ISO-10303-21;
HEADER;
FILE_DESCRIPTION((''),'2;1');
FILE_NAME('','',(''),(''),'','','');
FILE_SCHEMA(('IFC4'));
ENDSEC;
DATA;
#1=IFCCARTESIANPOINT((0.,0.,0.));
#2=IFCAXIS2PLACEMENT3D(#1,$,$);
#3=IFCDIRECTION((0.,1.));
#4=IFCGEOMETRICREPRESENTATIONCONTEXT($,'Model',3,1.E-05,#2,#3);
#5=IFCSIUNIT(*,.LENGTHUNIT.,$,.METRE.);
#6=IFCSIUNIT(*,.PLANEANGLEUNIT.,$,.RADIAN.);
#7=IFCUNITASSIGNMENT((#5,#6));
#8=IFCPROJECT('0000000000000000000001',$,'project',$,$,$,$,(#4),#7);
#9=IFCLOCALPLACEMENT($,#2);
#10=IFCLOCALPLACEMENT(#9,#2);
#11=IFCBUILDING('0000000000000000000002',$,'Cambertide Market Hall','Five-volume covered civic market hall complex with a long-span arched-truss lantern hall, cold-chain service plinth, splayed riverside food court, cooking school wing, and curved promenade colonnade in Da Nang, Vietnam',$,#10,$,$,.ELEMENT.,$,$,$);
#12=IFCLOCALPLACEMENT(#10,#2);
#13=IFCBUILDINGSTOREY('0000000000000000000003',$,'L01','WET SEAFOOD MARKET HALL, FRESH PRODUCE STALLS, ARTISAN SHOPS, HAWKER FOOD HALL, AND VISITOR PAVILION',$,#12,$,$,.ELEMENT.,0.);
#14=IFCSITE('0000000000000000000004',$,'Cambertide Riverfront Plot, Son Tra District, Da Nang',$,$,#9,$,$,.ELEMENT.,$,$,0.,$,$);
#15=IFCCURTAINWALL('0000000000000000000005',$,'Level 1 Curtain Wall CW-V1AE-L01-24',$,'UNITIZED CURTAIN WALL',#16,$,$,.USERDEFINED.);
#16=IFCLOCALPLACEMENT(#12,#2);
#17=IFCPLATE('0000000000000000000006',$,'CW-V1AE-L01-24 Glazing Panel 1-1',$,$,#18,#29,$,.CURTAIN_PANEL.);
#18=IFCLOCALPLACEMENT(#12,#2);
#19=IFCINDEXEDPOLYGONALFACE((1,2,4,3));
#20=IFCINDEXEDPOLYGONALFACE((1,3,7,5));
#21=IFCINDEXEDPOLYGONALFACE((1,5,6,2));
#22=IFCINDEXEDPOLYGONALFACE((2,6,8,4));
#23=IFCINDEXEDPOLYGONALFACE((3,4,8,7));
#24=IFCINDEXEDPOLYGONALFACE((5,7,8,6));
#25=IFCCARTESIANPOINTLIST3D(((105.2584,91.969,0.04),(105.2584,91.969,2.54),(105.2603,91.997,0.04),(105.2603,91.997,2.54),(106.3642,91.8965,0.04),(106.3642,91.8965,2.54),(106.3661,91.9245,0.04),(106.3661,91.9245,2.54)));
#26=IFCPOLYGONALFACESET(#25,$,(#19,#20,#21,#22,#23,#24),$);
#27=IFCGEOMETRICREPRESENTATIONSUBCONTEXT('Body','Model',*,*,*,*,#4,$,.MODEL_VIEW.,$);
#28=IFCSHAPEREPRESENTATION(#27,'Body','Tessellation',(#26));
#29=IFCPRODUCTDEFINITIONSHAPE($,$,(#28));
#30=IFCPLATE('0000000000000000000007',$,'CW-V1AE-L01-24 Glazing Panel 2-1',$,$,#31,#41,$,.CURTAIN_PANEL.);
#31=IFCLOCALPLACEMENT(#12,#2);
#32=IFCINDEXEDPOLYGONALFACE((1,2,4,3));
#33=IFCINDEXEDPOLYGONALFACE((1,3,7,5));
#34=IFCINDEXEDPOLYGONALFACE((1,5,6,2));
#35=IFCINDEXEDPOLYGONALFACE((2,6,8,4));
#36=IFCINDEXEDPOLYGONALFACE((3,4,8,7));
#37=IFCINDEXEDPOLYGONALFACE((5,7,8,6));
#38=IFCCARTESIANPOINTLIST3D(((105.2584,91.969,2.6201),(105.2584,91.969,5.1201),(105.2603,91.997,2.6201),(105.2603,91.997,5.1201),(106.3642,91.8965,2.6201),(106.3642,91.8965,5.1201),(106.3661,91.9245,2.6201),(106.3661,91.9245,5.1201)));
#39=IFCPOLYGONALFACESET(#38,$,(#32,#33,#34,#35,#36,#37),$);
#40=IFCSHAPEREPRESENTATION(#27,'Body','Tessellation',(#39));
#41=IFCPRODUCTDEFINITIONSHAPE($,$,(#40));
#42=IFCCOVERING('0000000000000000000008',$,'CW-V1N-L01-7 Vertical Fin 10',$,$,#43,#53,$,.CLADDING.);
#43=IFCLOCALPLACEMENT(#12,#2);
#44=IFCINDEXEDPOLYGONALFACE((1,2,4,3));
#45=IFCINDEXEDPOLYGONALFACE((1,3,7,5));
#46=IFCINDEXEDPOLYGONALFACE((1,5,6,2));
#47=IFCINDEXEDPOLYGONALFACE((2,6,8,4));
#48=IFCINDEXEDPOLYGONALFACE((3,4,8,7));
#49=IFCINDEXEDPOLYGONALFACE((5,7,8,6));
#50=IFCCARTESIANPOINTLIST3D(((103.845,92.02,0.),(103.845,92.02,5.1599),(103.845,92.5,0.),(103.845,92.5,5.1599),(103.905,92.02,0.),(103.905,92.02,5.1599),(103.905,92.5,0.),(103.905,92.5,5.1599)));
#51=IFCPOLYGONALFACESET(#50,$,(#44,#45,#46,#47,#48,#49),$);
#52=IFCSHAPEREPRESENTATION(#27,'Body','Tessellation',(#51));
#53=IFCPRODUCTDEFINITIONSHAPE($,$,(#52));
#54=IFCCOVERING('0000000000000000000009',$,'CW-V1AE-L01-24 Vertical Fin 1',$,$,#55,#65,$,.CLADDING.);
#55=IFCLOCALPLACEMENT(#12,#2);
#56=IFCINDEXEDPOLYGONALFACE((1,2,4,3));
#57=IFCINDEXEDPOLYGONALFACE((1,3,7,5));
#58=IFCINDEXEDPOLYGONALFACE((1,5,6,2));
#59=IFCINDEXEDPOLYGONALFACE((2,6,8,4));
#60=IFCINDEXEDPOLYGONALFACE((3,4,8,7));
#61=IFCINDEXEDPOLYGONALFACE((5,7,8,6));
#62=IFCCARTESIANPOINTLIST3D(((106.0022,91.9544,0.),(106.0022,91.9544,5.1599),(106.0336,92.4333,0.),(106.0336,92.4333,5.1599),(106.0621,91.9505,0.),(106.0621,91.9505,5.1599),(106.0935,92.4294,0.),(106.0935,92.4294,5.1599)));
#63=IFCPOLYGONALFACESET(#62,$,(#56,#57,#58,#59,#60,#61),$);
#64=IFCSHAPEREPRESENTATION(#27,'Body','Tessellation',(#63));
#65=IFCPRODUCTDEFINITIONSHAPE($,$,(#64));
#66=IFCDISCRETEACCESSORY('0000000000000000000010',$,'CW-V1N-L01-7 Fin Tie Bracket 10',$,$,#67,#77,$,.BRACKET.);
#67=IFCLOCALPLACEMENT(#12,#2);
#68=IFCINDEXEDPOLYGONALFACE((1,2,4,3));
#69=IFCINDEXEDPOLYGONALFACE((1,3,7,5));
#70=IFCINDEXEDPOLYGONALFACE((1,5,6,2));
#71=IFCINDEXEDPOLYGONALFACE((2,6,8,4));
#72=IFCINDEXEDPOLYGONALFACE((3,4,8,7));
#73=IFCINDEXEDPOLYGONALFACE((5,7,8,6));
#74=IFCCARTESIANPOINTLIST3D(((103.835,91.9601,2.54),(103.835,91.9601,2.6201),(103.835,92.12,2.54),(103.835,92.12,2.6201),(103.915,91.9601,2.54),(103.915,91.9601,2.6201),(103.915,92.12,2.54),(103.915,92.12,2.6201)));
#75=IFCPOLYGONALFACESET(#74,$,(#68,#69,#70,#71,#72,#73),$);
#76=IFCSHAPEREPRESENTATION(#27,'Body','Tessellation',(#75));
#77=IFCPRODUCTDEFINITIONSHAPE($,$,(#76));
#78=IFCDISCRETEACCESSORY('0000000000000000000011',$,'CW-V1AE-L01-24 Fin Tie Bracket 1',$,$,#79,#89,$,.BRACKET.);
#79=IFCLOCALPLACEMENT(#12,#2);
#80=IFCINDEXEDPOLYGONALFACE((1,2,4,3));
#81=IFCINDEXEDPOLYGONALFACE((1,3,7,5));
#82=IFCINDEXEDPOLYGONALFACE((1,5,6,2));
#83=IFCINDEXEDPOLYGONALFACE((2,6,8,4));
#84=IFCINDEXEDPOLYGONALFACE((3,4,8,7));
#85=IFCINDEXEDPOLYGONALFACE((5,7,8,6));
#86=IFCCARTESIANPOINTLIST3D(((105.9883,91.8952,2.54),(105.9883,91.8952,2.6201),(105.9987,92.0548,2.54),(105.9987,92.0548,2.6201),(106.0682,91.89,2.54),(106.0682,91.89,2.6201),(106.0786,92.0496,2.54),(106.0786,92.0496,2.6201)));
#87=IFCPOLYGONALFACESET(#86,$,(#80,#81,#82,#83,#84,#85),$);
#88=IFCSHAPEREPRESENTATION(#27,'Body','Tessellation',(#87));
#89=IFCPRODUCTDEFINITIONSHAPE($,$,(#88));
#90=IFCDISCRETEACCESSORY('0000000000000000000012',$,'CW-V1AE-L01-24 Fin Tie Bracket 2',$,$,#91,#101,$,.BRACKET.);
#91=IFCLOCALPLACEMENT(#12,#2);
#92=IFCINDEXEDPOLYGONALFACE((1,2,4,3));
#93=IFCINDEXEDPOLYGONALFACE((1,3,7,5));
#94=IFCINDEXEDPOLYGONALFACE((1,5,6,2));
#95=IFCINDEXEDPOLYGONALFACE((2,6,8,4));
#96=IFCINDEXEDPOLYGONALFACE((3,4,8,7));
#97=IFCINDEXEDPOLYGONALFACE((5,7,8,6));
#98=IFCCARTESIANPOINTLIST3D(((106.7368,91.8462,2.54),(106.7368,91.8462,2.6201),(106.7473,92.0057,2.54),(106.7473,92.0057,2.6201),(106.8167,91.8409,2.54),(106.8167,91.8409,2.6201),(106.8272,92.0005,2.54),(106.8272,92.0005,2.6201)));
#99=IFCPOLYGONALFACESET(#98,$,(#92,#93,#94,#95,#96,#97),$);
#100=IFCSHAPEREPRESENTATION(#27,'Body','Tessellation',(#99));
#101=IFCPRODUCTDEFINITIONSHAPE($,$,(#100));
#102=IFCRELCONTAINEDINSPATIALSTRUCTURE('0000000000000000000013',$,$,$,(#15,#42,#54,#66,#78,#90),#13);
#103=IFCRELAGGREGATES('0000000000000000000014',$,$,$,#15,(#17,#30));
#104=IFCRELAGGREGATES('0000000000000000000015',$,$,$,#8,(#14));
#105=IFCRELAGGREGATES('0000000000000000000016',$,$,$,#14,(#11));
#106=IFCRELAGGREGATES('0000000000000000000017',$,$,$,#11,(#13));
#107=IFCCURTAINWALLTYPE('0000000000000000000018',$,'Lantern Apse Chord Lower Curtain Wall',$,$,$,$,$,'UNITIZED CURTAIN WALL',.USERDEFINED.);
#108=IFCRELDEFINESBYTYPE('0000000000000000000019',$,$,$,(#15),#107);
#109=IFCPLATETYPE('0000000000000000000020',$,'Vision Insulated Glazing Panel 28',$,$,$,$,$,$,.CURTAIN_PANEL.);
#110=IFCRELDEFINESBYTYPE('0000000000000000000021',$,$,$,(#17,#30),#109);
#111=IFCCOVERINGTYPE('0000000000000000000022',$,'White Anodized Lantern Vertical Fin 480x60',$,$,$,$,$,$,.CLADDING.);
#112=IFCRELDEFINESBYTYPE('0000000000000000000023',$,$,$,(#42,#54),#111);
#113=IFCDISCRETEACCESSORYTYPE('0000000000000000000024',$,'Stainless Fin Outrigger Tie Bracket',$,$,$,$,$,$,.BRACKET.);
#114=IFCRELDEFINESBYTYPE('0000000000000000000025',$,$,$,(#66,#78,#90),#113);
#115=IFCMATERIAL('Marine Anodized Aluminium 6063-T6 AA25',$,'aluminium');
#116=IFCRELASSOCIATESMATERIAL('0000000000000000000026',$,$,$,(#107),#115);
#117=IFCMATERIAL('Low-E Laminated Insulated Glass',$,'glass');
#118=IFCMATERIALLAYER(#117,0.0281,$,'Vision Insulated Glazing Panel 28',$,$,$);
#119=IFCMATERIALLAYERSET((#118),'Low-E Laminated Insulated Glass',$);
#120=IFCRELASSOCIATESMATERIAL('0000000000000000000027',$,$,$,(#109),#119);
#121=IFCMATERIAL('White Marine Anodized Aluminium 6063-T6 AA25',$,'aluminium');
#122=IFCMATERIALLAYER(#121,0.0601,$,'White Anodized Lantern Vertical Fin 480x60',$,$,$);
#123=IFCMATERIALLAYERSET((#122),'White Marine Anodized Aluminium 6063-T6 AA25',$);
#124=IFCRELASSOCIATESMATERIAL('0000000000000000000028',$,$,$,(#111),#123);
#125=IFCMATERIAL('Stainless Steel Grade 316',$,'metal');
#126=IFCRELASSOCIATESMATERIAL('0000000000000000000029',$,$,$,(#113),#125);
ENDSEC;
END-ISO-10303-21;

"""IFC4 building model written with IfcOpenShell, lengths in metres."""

from ifc_helpers import new_model, si_unit, direction, frame, origin, origin_2d, place, context, subcontext, project, spatial, rectangle, extrude, material, layer, layer_set, type_object, element, aggregate, save


model = new_model("IFC4")

# Units and contexts
model_context = context("Model", 3, precision=1e-05, world=origin(), true_north=direction((0.0, 1.0)))
body_context = subcontext(model_context, "Body", "Model", "MODEL_VIEW")
ifc_project = project(units=[si_unit("LENGTHUNIT", "METRE"), si_unit("PLANEANGLEUNIT", "RADIAN")], contexts=[model_context])

# Site, building, storey
site_placement = place(None, origin())
site = spatial("IfcSite", under=ifc_project, at=site_placement, Name="Cambertide Riverfront Plot, Son Tra District, Da Nang", CompositionType="ELEMENT", RefElevation=0.0)
building_placement = place(site_placement, origin())
building = spatial("IfcBuilding", under=site, at=building_placement, Name="Cambertide Market Hall", Description="Five-volume covered civic market hall complex with a long-span arched-truss lantern hall, cold-chain service plinth, splayed riverside food court, cooking school wing, and curved promenade colonnade in Da Nang, Vietnam", CompositionType="ELEMENT")
storey_placement = place(building_placement, origin())
storey = spatial("IfcBuildingStorey", under=building, at=storey_placement, Name="L01", Description="WET SEAFOOD MARKET HALL, FRESH PRODUCE STALLS, ARTISAN SHOPS, HAWKER FOOD HALL, AND VISITOR PAVILION", CompositionType="ELEMENT", Elevation=0.0)

# Curtain wall
ifc_material_1 = material(Name="Marine Anodized Aluminium 6063-T6 AA25", Category="aluminium")
curtain_wall_type_1 = type_object("IfcCurtainWallType", Name="Lantern Apse Chord Lower Curtain Wall", ElementType="UNITIZED CURTAIN WALL", PredefinedType="USERDEFINED", material=ifc_material_1)
curtain_wall_1_placement = place(storey_placement, origin())
curtain_wall_1 = element("IfcCurtainWall", 1, at=curtain_wall_1_placement, inside=storey, type_object=curtain_wall_type_1, Name="Level 1 Curtain Wall CW-V1AE-L01-24", ObjectType="UNITIZED CURTAIN WALL", PredefinedType="USERDEFINED")

# Plates
ifc_material_2 = material(Name="Low-E Laminated Insulated Glass", Category="glass")
ifc_layer_1 = layer(ifc_material_2, 0.0281, Name="Vision Insulated Glazing Panel 28")
ifc_layer_set_1 = layer_set([ifc_layer_1], Name="Low-E Laminated Insulated Glass")
plate_type = type_object("IfcPlateType", Name="Vision Insulated Glazing Panel 28", PredefinedType="CURTAIN_PANEL", material=ifc_layer_set_1)
plate_1_placement = place(storey_placement, frame((105.8123, 91.9468, 0.04), z_axis=(0.0, 0.0, 1.0), x_axis=(0.997859, -0.065403, 0.0)))
plate_1 = element("IfcPlate", 2, at=plate_1_placement, type_object=plate_type, Name="CW-V1AE-L01-24 Glazing Panel 1-1", PredefinedType="CURTAIN_PANEL", context=body_context, shape_type="SweptSolid", body=[
    extrude(rectangle(XDim=1.1082, YDim=0.0281, at=origin_2d()), origin(), (0.0, 0.0, 1.0), 2.5),
])
plate_2_placement = place(storey_placement, frame((105.8123, 91.9468, 2.6201), z_axis=(0.0, 0.0, 1.0), x_axis=(0.997859, -0.065403, 0.0)))
plate_2 = element("IfcPlate", 3, at=plate_2_placement, type_object=plate_type, Name="CW-V1AE-L01-24 Glazing Panel 2-1", PredefinedType="CURTAIN_PANEL", context=body_context, shape_type="SweptSolid", body=[
    extrude(rectangle(XDim=1.1082, YDim=0.0281, at=origin_2d()), origin(), (0.0, 0.0, 1.0), 2.5),
])
aggregate(curtain_wall_1, [plate_1, plate_2])

# Coverings
ifc_material_3 = material(Name="White Marine Anodized Aluminium 6063-T6 AA25", Category="aluminium")
ifc_layer_2 = layer(ifc_material_3, 0.0601, Name="White Anodized Lantern Vertical Fin 480x60")
ifc_layer_set_2 = layer_set([ifc_layer_2], Name="White Marine Anodized Aluminium 6063-T6 AA25")
covering_type = type_object("IfcCoveringType", Name="White Anodized Lantern Vertical Fin 480x60", PredefinedType="CLADDING", material=ifc_layer_set_2)
for number, where, z_axis, x_axis, name in (
    (4, (103.875, 92.26, 0.0), (0.0, 0.0, 1.0), (1.0, 0.0, 0.0), "CW-V1N-L01-7 Vertical Fin 10"),
    (5, (106.0479, 92.1919, 0.0), (0.0, 0.0, 1.0), (0.997859, -0.065403, 0.0), "CW-V1AE-L01-24 Vertical Fin 1"),
):
    element("IfcCovering", number, at=place(storey_placement, frame(where, z_axis=z_axis, x_axis=x_axis)), inside=storey, type_object=covering_type, Name=name, PredefinedType="CLADDING", context=body_context, shape_type="SweptSolid", body=[
        extrude(rectangle(XDim=0.0601, YDim=0.48, at=origin_2d()), origin(), (0.0, 0.0, 1.0), 5.1599),
    ])

# Discrete accessories
ifc_material_4 = material(Name="Stainless Steel Grade 316", Category="metal")
discrete_accessory_type = type_object("IfcDiscreteAccessoryType", Name="Stainless Fin Outrigger Tie Bracket", PredefinedType="BRACKET", material=ifc_material_4)
for number, where, z_axis, x_axis, name in (
    (6, (103.875, 92.04, 2.54), (0.0, 0.0, 1.0), (1.0, 0.0, 0.0), "CW-V1N-L01-7 Fin Tie Bracket 10"),
    (7, (106.0334, 91.9724, 2.54), (0.0, 0.0, 1.0), (0.997859, -0.065403, 0.0), "CW-V1AE-L01-24 Fin Tie Bracket 1"),
    (8, (106.782, 91.9233, 2.54), (0.0, 0.0, 1.0), (0.997859, -0.065403, 0.0), "CW-V1AE-L01-24 Fin Tie Bracket 2"),
):
    element("IfcDiscreteAccessory", number, at=place(storey_placement, frame(where, z_axis=z_axis, x_axis=x_axis)), inside=storey, type_object=discrete_accessory_type, Name=name, PredefinedType="BRACKET", context=body_context, shape_type="SweptSolid", body=[
        extrude(rectangle(XDim=0.0801, YDim=0.1599, at=origin_2d()), origin(), (0.0, 0.0, 1.0), 0.0801),
    ])

save(model, "model.ifc")
